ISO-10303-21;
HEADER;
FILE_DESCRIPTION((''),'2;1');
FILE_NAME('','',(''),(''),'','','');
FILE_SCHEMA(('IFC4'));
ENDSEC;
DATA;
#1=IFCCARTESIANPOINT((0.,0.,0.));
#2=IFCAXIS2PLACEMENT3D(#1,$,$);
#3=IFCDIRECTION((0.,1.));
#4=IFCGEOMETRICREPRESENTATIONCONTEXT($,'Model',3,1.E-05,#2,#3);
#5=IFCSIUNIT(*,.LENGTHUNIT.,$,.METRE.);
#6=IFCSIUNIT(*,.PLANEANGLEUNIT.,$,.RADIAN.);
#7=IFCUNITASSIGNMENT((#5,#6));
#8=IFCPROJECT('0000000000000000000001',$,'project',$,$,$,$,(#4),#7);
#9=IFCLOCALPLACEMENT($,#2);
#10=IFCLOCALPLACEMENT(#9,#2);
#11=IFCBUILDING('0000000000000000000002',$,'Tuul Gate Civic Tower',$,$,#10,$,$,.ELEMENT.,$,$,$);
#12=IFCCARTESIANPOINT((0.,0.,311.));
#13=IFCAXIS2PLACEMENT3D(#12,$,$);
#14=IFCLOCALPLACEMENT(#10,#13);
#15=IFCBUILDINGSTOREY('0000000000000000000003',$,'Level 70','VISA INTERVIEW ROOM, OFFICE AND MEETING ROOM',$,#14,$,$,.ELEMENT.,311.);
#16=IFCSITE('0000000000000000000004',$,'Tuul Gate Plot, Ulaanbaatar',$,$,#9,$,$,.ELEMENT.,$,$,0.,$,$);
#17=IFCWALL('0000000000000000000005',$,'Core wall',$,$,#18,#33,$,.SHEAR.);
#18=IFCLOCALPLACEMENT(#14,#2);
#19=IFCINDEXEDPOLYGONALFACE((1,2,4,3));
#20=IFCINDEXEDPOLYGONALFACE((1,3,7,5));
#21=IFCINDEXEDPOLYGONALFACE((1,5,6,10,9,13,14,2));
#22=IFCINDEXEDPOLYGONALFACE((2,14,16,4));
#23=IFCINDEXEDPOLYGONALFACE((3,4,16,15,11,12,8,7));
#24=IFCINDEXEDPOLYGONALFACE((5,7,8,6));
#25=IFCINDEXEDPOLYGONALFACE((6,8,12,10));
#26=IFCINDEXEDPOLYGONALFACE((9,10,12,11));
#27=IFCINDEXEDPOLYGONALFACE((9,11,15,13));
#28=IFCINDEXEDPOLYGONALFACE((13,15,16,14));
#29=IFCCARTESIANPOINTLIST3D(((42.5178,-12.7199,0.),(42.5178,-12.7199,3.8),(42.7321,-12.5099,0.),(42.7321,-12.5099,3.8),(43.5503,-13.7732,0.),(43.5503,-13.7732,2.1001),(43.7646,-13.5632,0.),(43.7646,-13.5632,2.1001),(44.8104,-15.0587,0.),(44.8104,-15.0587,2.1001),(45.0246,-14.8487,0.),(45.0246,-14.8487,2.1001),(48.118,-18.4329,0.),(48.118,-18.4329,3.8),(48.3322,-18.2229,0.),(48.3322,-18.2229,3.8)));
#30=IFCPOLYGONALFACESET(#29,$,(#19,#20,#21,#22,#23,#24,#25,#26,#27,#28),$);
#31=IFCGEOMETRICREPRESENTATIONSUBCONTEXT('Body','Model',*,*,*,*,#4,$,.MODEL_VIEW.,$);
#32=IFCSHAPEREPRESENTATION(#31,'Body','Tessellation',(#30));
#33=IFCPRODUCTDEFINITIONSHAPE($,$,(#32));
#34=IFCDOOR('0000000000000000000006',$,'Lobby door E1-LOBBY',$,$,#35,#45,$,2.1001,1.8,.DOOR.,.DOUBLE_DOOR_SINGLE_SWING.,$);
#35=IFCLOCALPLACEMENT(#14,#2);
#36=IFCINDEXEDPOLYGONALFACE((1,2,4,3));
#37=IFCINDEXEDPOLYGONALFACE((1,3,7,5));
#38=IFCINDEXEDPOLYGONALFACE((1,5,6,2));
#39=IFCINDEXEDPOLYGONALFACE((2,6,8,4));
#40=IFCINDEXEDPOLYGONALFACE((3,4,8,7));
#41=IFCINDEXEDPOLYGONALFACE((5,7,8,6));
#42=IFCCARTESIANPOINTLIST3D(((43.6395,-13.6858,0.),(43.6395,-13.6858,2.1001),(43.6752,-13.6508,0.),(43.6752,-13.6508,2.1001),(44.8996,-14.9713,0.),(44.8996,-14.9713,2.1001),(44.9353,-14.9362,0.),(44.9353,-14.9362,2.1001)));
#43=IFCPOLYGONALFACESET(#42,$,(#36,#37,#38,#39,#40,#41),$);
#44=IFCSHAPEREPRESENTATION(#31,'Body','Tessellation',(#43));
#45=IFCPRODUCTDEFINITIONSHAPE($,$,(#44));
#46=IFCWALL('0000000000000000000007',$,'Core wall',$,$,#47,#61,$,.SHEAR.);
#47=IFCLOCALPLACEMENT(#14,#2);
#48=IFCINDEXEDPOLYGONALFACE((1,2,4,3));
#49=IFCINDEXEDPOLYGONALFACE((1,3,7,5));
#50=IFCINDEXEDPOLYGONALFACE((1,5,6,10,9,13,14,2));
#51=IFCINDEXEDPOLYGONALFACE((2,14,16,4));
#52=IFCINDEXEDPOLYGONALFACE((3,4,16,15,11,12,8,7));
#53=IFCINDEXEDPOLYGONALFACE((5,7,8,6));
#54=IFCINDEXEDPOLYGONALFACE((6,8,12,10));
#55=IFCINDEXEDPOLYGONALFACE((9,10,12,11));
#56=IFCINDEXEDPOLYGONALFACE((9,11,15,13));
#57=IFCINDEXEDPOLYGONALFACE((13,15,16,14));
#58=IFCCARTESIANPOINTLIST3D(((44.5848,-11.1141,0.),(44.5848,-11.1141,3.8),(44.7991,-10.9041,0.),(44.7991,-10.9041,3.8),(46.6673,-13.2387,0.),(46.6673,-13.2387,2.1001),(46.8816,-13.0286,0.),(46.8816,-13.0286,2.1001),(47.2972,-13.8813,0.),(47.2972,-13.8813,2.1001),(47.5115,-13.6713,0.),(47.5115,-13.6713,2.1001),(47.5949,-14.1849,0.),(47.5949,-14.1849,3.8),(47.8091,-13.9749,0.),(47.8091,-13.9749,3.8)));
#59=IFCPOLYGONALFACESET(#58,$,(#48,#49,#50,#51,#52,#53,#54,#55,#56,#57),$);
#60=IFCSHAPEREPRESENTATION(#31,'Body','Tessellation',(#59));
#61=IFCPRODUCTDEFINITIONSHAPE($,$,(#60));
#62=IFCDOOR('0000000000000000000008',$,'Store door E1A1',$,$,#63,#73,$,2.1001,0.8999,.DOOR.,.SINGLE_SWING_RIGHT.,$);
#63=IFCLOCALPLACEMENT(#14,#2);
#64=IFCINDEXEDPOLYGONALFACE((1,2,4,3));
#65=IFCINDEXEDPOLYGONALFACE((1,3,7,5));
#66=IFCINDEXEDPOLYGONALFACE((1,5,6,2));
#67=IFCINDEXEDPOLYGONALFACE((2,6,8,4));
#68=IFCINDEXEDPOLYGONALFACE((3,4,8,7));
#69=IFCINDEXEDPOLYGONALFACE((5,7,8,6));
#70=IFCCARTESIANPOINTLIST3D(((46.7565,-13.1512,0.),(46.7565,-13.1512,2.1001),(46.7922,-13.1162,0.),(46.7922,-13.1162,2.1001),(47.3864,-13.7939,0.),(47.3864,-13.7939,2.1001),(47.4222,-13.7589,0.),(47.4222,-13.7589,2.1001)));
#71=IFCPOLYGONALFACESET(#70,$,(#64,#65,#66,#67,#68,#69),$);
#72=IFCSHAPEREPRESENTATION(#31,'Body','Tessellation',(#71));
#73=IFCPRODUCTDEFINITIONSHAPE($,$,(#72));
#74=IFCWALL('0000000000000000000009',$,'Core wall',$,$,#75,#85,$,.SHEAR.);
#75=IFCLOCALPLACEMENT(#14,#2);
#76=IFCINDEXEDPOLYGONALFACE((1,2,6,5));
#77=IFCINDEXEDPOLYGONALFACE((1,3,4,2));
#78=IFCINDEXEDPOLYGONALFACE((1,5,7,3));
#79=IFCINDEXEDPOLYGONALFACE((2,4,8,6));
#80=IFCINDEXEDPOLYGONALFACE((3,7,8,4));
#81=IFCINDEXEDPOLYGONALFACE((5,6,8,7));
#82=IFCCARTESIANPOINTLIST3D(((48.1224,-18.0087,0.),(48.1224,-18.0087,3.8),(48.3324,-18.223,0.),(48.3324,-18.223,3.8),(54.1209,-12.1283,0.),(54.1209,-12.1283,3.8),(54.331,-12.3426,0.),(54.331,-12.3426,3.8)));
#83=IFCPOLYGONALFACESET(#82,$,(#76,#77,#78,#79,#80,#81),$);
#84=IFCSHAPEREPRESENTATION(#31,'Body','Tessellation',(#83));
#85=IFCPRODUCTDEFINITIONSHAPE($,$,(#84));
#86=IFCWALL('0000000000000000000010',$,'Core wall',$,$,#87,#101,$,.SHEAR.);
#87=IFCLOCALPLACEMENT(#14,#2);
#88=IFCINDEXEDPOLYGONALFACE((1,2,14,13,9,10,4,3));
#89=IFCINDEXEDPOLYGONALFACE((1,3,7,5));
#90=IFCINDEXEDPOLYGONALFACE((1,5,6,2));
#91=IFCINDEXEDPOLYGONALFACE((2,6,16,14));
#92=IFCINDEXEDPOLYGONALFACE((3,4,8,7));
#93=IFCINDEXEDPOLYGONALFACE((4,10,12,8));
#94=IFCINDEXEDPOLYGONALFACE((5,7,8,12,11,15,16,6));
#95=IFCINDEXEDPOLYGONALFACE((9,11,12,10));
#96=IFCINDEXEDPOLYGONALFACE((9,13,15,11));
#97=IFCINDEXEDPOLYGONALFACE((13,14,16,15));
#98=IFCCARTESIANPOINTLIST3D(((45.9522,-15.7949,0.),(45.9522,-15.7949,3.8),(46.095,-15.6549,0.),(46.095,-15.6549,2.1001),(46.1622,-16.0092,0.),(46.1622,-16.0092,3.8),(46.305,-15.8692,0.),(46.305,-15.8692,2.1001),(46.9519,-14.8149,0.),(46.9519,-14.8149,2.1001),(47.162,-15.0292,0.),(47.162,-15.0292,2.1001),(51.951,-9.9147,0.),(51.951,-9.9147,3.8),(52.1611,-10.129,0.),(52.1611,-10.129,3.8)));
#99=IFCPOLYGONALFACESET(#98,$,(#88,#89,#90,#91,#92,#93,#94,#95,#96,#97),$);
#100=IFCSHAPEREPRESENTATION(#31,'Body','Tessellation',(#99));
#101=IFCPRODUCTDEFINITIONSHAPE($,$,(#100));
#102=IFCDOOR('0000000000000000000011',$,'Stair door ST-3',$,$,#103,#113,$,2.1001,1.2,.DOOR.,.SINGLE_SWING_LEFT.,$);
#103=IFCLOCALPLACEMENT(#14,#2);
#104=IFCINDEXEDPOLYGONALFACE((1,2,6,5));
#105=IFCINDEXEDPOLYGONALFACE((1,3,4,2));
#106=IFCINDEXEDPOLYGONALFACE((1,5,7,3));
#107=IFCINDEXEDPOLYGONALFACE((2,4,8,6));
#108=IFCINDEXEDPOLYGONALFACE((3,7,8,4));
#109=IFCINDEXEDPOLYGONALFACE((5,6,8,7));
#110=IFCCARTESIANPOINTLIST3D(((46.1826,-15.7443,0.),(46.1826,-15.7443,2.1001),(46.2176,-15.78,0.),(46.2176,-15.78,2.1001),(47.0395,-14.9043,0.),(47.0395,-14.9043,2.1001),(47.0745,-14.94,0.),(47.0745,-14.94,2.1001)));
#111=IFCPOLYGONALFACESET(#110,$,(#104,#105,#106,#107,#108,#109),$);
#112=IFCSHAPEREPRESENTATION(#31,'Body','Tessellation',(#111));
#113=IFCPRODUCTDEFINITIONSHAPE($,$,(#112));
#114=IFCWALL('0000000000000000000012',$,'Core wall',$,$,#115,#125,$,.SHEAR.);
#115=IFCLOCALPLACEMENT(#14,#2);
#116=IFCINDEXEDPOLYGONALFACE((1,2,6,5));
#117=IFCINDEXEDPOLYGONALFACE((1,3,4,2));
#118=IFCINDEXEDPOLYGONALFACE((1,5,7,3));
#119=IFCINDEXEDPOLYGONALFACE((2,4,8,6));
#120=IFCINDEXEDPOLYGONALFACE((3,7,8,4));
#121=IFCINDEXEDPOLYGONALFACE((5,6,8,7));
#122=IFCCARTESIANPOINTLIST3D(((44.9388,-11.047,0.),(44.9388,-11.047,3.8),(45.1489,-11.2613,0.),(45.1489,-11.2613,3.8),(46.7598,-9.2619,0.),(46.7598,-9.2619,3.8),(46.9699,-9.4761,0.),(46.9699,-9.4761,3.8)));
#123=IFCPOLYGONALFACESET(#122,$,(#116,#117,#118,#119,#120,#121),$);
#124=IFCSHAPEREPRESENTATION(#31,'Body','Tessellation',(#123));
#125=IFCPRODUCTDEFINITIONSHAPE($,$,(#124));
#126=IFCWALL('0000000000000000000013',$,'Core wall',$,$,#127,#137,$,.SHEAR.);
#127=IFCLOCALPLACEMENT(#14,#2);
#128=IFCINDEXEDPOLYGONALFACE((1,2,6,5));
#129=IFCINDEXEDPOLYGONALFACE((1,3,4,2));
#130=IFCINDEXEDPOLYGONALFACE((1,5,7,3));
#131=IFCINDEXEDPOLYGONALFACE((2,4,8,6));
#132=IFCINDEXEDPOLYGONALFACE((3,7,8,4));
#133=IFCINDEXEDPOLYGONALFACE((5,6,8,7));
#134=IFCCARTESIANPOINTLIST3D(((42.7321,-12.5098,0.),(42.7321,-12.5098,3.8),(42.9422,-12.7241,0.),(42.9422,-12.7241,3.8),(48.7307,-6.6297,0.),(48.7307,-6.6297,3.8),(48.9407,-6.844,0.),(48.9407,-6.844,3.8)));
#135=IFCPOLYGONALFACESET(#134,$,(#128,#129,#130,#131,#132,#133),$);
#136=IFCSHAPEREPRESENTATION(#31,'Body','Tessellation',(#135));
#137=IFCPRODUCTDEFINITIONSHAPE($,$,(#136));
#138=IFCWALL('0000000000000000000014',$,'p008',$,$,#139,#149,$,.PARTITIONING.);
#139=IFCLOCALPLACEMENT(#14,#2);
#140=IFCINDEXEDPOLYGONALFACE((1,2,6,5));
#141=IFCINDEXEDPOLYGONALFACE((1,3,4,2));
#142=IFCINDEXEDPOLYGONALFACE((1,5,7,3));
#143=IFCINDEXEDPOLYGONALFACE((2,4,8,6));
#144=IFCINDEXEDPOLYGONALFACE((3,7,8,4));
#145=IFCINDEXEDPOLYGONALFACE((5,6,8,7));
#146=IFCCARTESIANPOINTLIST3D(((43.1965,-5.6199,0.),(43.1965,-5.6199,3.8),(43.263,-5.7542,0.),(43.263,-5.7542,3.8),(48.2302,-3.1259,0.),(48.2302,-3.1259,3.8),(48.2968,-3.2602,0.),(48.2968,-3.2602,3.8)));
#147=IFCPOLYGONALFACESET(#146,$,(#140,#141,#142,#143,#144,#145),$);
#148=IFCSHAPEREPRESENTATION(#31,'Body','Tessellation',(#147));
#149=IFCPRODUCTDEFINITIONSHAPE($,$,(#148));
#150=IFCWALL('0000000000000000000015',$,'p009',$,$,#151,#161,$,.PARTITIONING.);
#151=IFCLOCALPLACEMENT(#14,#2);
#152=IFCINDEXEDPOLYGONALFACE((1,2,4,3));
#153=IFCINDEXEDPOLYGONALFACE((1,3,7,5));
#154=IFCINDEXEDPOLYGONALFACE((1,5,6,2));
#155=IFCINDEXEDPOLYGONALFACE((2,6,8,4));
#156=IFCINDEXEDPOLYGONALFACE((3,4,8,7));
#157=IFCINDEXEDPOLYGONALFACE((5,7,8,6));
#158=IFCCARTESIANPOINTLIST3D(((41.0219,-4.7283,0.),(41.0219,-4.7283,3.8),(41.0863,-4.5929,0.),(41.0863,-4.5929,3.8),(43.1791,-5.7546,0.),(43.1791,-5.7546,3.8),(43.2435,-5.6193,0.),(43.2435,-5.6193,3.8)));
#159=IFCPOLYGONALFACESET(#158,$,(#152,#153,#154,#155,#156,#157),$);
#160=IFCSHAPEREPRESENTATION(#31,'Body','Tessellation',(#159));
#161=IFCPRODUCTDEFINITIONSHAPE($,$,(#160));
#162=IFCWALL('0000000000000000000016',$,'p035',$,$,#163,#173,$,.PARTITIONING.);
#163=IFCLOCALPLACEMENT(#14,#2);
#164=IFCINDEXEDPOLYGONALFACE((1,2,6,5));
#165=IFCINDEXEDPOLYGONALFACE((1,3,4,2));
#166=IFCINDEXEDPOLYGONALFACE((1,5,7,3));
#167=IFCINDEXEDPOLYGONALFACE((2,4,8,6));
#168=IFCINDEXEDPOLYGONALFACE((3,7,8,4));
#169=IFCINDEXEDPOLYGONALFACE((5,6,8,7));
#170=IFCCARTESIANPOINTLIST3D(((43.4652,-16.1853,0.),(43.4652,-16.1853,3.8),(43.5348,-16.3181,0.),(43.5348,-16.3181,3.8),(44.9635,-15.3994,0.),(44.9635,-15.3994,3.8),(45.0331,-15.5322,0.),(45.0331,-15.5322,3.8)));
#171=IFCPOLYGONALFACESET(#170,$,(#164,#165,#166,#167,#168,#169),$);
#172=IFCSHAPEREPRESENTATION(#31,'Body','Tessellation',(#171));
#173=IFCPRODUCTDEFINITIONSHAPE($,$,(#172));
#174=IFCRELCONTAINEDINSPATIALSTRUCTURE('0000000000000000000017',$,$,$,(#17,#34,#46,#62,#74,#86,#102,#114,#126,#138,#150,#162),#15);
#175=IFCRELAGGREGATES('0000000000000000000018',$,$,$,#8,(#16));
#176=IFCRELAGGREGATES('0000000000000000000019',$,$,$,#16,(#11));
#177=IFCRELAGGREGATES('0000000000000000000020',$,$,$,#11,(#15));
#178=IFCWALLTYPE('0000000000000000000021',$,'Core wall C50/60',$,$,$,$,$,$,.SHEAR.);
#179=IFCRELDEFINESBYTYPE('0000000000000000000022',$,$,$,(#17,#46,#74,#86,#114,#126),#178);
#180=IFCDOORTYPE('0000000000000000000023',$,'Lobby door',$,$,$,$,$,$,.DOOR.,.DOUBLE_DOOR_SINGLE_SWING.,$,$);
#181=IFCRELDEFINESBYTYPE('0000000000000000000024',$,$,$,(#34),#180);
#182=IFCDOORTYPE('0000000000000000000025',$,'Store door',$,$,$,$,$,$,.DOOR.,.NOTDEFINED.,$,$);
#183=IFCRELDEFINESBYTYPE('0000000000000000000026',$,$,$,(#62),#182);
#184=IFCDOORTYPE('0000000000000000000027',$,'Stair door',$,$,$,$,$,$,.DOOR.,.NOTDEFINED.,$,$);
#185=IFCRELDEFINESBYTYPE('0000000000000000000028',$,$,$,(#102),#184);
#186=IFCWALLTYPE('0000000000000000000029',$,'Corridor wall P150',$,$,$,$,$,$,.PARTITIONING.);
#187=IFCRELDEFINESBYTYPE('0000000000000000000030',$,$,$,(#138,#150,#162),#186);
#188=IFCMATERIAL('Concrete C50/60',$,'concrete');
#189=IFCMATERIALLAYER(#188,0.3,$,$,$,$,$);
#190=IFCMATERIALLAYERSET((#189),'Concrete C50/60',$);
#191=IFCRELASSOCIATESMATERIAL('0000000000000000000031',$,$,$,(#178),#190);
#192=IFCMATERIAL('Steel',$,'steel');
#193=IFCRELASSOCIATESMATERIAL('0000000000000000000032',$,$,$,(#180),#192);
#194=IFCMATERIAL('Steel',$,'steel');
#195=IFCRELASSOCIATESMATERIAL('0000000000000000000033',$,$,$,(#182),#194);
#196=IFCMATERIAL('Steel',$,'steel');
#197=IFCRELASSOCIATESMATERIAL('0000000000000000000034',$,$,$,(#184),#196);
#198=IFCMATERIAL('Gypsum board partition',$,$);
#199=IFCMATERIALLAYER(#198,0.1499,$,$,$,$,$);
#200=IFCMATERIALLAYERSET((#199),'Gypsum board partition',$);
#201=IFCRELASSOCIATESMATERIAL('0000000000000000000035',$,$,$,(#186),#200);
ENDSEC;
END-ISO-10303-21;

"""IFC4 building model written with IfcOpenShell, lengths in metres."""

from ifc_helpers import new_model, si_unit, direction, frame, frame_2d, origin, place, context, subcontext, project, spatial, rectangle, extrude, material, layer, layer_set, type_object, element, fill, save


model = new_model("IFC4")

# Units and contexts
model_context = context("Model", 3, precision=1e-05, world=origin(), true_north=direction((0.0, 1.0)))
body_context = subcontext(model_context, "Body", "Model", "MODEL_VIEW")
ifc_project = project(units=[si_unit("LENGTHUNIT", "METRE"), si_unit("PLANEANGLEUNIT", "RADIAN")], contexts=[model_context])

# Site, building, storey
site_placement = place(None, origin())
site = spatial("IfcSite", under=ifc_project, at=site_placement, Name="Tuul Gate Plot, Ulaanbaatar", CompositionType="ELEMENT", RefElevation=0.0)
building_placement = place(site_placement, origin())
building = spatial("IfcBuilding", under=site, at=building_placement, Name="Tuul Gate Civic Tower", CompositionType="ELEMENT")
storey_placement = place(building_placement, frame((0.0, 0.0, 311.0)))
storey = spatial("IfcBuildingStorey", under=building, at=storey_placement, Name="Level 70", Description="VISA INTERVIEW ROOM, OFFICE AND MEETING ROOM", CompositionType="ELEMENT", Elevation=311.0)

# Walls, openings, doors
ifc_material_1 = material(Name="Concrete C50/60", Category="concrete")
ifc_layer_1 = layer(ifc_material_1, 0.3)
ifc_layer_set_1 = layer_set([ifc_layer_1], Name="Concrete C50/60")
wall_type_1 = type_object("IfcWallType", Name="Core wall C50/60", PredefinedType="SHEAR", material=ifc_layer_set_1)
wall_1_placement = place(storey_placement, frame((48.2251, -18.3279, 0.0), z_axis=(0.0, 0.0, 1.0), x_axis=(-0.700022, 0.714121, 0.0)))
wall_1 = element("IfcWall", 1, at=wall_1_placement, inside=storey, type_object=wall_type_1, Name="Core wall", PredefinedType="SHEAR", context=body_context, shape_type="SweptSolid", body=[
    extrude(rectangle(XDim=8.0, YDim=0.3, at=frame_2d((4.0, 0.0))), origin(), (0.0, 0.0, 1.0), 3.8),
])
opening_1_placement = place(wall_1_placement, frame((4.7251, 0.0, 0.0)))
opening_1 = element("IfcOpeningElement", 2, at=opening_1_placement, cuts=wall_1, PredefinedType="OPENING", context=body_context, shape_type="SweptSolid", body=[
    extrude(rectangle(XDim=1.8, YDim=2.1001, at=frame_2d((0.8999, 1.05))), frame((0.0, 0.1602, 0.0), z_axis=(0.0, -1.0, 0.0), x_axis=(1.0, 0.0, 0.0)), (0.0, 0.0, 1.0), 0.3201),
])
ifc_material_2 = material(Name="Steel", Category="steel")
door_type_1 = type_object("IfcDoorType", Name="Lobby door", OperationType="DOUBLE_DOOR_SINGLE_SWING", PredefinedType="DOOR", material=ifc_material_2)
door_1_placement = place(opening_1_placement, frame((1.8, 0.0, 0.0), z_axis=(0.0, 0.0, 1.0), x_axis=(-1.0, 0.0, 0.0)))
door_1 = element("IfcDoor", 3, at=door_1_placement, inside=storey, type_object=door_type_1, Name="Lobby door E1-LOBBY", OperationType="DOUBLE_DOOR_SINGLE_SWING", OverallHeight=2.1001, OverallWidth=1.8, PredefinedType="DOOR", context=body_context, shape_type="SweptSolid", body=[
    extrude(rectangle(XDim=1.8, YDim=2.1001, at=frame_2d((0.9001, 1.05))), frame((0.0, 0.0249, 0.0), z_axis=(0.0, -1.0, 0.0), x_axis=(1.0, 0.0, 0.0)), (0.0, 0.0, 1.0), 0.05),
])
fill(opening_1, door_1)
wall_2_placement = place(storey_placement, frame((47.7019, -14.0798, 0.0), z_axis=(0.0, 0.0, 1.0), x_axis=(-0.700003, 0.71414, 0.0)))
wall_2 = element("IfcWall", 4, at=wall_2_placement, inside=storey, type_object=wall_type_1, Name="Core wall", PredefinedType="SHEAR", context=body_context, shape_type="SweptSolid", body=[
    extrude(rectangle(XDim=4.3, YDim=0.3, at=frame_2d((2.1499, 0.0))), origin(), (0.0, 0.0, 1.0), 3.8),
])
opening_2_placement = place(wall_2_placement, frame((0.425, 0.0, 0.0)))
opening_2 = element("IfcOpeningElement", 5, at=opening_2_placement, cuts=wall_2, PredefinedType="OPENING", context=body_context, shape_type="SweptSolid", body=[
    extrude(rectangle(XDim=0.8999, YDim=2.1001, at=frame_2d((0.45, 1.05))), frame((0.0, 0.1602, 0.0), z_axis=(0.0, -1.0, 0.0), x_axis=(1.0, 0.0, 0.0)), (0.0, 0.0, 1.0), 0.3201),
])
ifc_material_3 = material(Name="Steel", Category="steel")
door_type_2 = type_object("IfcDoorType", Name="Store door", OperationType="NOTDEFINED", PredefinedType="DOOR", material=ifc_material_3)
door_2_placement = place(opening_2_placement, frame((0.8999, 0.0, 0.0), z_axis=(0.0, 0.0, 1.0), x_axis=(-1.0, 0.0, 0.0)))
door_2 = element("IfcDoor", 6, at=door_2_placement, inside=storey, type_object=door_type_2, Name="Store door E1A1", OperationType="SINGLE_SWING_RIGHT", OverallHeight=2.1001, OverallWidth=0.8999, PredefinedType="DOOR", context=body_context, shape_type="SweptSolid", body=[
    extrude(rectangle(XDim=0.8999, YDim=2.1001, at=frame_2d((0.45, 1.05))), frame((0.0, 0.0249, 0.0), z_axis=(0.0, -1.0, 0.0), x_axis=(1.0, 0.0, 0.0)), (0.0, 0.0, 1.0), 0.05),
])
fill(opening_2, door_2)

# Wall
wall_3_placement = place(storey_placement, frame((48.2273, -18.116, 0.0), z_axis=(0.0, 0.0, 1.0), x_axis=(0.714105, 0.700038, 0.0)))
element("IfcWall", 7, at=wall_3_placement, inside=storey, type_object=wall_type_1, Name="Core wall", PredefinedType="SHEAR", context=body_context, shape_type="SweptSolid", body=[
    extrude(rectangle(XDim=8.4001, YDim=0.3, at=frame_2d((4.2002, 0.0))), origin(), (0.0, 0.0, 1.0), 3.8),
])

# Wall, opening, door
wall_4_placement = place(storey_placement, frame((46.0571, -15.9021, 0.0), z_axis=(0.0, 0.0, 1.0), x_axis=(0.714134, 0.700009, 0.0)))
wall_4 = element("IfcWall", 8, at=wall_4_placement, inside=storey, type_object=wall_type_1, Name="Core wall", PredefinedType="SHEAR", context=body_context, shape_type="SweptSolid", body=[
    extrude(rectangle(XDim=8.4001, YDim=0.3, at=frame_2d((4.2002, 0.0))), origin(), (0.0, 0.0, 1.0), 3.8),
])
opening_3_placement = place(wall_4_placement, frame((0.2, 0.0, 0.0)))
opening_3 = element("IfcOpeningElement", 9, at=opening_3_placement, cuts=wall_4, PredefinedType="OPENING", context=body_context, shape_type="SweptSolid", body=[
    extrude(rectangle(XDim=1.2, YDim=2.1001, at=frame_2d((0.6001, 1.05))), frame((0.0, 0.1602, 0.0), z_axis=(0.0, -1.0, 0.0), x_axis=(1.0, 0.0, 0.0)), (0.0, 0.0, 1.0), 0.3201),
])
ifc_material_4 = material(Name="Steel", Category="steel")
door_type_3 = type_object("IfcDoorType", Name="Stair door", OperationType="NOTDEFINED", PredefinedType="DOOR", material=ifc_material_4)
door_3_placement = place(opening_3_placement, origin())
door_3 = element("IfcDoor", 10, at=door_3_placement, inside=storey, type_object=door_type_3, Name="Stair door ST-3", OperationType="SINGLE_SWING_LEFT", OverallHeight=2.1001, OverallWidth=1.2, PredefinedType="DOOR", context=body_context, shape_type="SweptSolid", body=[
    extrude(rectangle(XDim=1.2, YDim=2.1001, at=frame_2d((0.6001, 1.05))), frame((0.0, 0.0249, 0.0), z_axis=(0.0, -1.0, 0.0), x_axis=(1.0, 0.0, 0.0)), (0.0, 0.0, 1.0), 0.05),
])
fill(opening_3, door_3)

# Walls
wall_5_placement = place(storey_placement, frame((45.0439, -11.1541, 0.0), z_axis=(0.0, 0.0, 1.0), x_axis=(0.714108, 0.700035, 0.0)))
element("IfcWall", 11, at=wall_5_placement, inside=storey, type_object=wall_type_1, Name="Core wall", PredefinedType="SHEAR", context=body_context, shape_type="SweptSolid", body=[
    extrude(rectangle(XDim=2.55, YDim=0.3, at=frame_2d((1.2749, 0.0))), origin(), (0.0, 0.0, 1.0), 3.8),
])
wall_6_placement = place(storey_placement, frame((42.8372, -12.6169, 0.0), z_axis=(0.0, 0.0, 1.0), x_axis=(0.71412, 0.700023, 0.0)))
element("IfcWall", 12, at=wall_6_placement, inside=storey, type_object=wall_type_1, Name="Core wall", PredefinedType="SHEAR", context=body_context, shape_type="SweptSolid", body=[
    extrude(rectangle(XDim=8.3999, YDim=0.3, at=frame_2d((4.2, 0.0))), origin(), (0.0, 0.0, 1.0), 3.8),
])
ifc_material_5 = material(Name="Gypsum board partition")
ifc_layer_2 = layer(ifc_material_5, 0.1499)
ifc_layer_set_2 = layer_set([ifc_layer_2], Name="Gypsum board partition")
wall_type_2 = type_object("IfcWallType", Name="Corridor wall P150", PredefinedType="PARTITIONING", material=ifc_layer_set_2)
wall_7_placement = place(storey_placement, frame((43.2297, -5.687, 0.0), z_axis=(0.0, 0.0, 1.0), x_axis=(0.896055, 0.443942, 0.0)))
element("IfcWall", 13, at=wall_7_placement, inside=storey, type_object=wall_type_2, Name="p008", PredefinedType="PARTITIONING", context=body_context, shape_type="SweptSolid", body=[
    extrude(rectangle(XDim=5.6177, YDim=0.1499, at=frame_2d((2.8088, 0.0))), origin(), (0.0, 0.0, 1.0), 3.8),
])
wall_8_placement = place(storey_placement, frame((41.0542, -4.6606, 0.0), z_axis=(0.0, 0.0, 1.0), x_axis=(0.903004, -0.429632, 0.0)))
element("IfcWall", 14, at=wall_8_placement, inside=storey, type_object=wall_type_2, Name="p009", PredefinedType="PARTITIONING", context=body_context, shape_type="SweptSolid", body=[
    extrude(rectangle(XDim=2.3889, YDim=0.1499, at=frame_2d((1.1943, 0.0))), origin(), (0.0, 0.0, 1.0), 3.8),
])
wall_9_placement = place(storey_placement, frame((43.5, -16.2517, 0.0), z_axis=(0.0, 0.0, 1.0), x_axis=(0.885572, 0.464503, 0.0)))
element("IfcWall", 15, at=wall_9_placement, inside=storey, type_object=wall_type_2, Name="p035", PredefinedType="PARTITIONING", context=body_context, shape_type="SweptSolid", body=[
    extrude(rectangle(XDim=1.6919, YDim=0.1499, at=frame_2d((0.8459, 0.0))), origin(), (0.0, 0.0, 1.0), 3.8),
])

save(model, "model.ifc")
